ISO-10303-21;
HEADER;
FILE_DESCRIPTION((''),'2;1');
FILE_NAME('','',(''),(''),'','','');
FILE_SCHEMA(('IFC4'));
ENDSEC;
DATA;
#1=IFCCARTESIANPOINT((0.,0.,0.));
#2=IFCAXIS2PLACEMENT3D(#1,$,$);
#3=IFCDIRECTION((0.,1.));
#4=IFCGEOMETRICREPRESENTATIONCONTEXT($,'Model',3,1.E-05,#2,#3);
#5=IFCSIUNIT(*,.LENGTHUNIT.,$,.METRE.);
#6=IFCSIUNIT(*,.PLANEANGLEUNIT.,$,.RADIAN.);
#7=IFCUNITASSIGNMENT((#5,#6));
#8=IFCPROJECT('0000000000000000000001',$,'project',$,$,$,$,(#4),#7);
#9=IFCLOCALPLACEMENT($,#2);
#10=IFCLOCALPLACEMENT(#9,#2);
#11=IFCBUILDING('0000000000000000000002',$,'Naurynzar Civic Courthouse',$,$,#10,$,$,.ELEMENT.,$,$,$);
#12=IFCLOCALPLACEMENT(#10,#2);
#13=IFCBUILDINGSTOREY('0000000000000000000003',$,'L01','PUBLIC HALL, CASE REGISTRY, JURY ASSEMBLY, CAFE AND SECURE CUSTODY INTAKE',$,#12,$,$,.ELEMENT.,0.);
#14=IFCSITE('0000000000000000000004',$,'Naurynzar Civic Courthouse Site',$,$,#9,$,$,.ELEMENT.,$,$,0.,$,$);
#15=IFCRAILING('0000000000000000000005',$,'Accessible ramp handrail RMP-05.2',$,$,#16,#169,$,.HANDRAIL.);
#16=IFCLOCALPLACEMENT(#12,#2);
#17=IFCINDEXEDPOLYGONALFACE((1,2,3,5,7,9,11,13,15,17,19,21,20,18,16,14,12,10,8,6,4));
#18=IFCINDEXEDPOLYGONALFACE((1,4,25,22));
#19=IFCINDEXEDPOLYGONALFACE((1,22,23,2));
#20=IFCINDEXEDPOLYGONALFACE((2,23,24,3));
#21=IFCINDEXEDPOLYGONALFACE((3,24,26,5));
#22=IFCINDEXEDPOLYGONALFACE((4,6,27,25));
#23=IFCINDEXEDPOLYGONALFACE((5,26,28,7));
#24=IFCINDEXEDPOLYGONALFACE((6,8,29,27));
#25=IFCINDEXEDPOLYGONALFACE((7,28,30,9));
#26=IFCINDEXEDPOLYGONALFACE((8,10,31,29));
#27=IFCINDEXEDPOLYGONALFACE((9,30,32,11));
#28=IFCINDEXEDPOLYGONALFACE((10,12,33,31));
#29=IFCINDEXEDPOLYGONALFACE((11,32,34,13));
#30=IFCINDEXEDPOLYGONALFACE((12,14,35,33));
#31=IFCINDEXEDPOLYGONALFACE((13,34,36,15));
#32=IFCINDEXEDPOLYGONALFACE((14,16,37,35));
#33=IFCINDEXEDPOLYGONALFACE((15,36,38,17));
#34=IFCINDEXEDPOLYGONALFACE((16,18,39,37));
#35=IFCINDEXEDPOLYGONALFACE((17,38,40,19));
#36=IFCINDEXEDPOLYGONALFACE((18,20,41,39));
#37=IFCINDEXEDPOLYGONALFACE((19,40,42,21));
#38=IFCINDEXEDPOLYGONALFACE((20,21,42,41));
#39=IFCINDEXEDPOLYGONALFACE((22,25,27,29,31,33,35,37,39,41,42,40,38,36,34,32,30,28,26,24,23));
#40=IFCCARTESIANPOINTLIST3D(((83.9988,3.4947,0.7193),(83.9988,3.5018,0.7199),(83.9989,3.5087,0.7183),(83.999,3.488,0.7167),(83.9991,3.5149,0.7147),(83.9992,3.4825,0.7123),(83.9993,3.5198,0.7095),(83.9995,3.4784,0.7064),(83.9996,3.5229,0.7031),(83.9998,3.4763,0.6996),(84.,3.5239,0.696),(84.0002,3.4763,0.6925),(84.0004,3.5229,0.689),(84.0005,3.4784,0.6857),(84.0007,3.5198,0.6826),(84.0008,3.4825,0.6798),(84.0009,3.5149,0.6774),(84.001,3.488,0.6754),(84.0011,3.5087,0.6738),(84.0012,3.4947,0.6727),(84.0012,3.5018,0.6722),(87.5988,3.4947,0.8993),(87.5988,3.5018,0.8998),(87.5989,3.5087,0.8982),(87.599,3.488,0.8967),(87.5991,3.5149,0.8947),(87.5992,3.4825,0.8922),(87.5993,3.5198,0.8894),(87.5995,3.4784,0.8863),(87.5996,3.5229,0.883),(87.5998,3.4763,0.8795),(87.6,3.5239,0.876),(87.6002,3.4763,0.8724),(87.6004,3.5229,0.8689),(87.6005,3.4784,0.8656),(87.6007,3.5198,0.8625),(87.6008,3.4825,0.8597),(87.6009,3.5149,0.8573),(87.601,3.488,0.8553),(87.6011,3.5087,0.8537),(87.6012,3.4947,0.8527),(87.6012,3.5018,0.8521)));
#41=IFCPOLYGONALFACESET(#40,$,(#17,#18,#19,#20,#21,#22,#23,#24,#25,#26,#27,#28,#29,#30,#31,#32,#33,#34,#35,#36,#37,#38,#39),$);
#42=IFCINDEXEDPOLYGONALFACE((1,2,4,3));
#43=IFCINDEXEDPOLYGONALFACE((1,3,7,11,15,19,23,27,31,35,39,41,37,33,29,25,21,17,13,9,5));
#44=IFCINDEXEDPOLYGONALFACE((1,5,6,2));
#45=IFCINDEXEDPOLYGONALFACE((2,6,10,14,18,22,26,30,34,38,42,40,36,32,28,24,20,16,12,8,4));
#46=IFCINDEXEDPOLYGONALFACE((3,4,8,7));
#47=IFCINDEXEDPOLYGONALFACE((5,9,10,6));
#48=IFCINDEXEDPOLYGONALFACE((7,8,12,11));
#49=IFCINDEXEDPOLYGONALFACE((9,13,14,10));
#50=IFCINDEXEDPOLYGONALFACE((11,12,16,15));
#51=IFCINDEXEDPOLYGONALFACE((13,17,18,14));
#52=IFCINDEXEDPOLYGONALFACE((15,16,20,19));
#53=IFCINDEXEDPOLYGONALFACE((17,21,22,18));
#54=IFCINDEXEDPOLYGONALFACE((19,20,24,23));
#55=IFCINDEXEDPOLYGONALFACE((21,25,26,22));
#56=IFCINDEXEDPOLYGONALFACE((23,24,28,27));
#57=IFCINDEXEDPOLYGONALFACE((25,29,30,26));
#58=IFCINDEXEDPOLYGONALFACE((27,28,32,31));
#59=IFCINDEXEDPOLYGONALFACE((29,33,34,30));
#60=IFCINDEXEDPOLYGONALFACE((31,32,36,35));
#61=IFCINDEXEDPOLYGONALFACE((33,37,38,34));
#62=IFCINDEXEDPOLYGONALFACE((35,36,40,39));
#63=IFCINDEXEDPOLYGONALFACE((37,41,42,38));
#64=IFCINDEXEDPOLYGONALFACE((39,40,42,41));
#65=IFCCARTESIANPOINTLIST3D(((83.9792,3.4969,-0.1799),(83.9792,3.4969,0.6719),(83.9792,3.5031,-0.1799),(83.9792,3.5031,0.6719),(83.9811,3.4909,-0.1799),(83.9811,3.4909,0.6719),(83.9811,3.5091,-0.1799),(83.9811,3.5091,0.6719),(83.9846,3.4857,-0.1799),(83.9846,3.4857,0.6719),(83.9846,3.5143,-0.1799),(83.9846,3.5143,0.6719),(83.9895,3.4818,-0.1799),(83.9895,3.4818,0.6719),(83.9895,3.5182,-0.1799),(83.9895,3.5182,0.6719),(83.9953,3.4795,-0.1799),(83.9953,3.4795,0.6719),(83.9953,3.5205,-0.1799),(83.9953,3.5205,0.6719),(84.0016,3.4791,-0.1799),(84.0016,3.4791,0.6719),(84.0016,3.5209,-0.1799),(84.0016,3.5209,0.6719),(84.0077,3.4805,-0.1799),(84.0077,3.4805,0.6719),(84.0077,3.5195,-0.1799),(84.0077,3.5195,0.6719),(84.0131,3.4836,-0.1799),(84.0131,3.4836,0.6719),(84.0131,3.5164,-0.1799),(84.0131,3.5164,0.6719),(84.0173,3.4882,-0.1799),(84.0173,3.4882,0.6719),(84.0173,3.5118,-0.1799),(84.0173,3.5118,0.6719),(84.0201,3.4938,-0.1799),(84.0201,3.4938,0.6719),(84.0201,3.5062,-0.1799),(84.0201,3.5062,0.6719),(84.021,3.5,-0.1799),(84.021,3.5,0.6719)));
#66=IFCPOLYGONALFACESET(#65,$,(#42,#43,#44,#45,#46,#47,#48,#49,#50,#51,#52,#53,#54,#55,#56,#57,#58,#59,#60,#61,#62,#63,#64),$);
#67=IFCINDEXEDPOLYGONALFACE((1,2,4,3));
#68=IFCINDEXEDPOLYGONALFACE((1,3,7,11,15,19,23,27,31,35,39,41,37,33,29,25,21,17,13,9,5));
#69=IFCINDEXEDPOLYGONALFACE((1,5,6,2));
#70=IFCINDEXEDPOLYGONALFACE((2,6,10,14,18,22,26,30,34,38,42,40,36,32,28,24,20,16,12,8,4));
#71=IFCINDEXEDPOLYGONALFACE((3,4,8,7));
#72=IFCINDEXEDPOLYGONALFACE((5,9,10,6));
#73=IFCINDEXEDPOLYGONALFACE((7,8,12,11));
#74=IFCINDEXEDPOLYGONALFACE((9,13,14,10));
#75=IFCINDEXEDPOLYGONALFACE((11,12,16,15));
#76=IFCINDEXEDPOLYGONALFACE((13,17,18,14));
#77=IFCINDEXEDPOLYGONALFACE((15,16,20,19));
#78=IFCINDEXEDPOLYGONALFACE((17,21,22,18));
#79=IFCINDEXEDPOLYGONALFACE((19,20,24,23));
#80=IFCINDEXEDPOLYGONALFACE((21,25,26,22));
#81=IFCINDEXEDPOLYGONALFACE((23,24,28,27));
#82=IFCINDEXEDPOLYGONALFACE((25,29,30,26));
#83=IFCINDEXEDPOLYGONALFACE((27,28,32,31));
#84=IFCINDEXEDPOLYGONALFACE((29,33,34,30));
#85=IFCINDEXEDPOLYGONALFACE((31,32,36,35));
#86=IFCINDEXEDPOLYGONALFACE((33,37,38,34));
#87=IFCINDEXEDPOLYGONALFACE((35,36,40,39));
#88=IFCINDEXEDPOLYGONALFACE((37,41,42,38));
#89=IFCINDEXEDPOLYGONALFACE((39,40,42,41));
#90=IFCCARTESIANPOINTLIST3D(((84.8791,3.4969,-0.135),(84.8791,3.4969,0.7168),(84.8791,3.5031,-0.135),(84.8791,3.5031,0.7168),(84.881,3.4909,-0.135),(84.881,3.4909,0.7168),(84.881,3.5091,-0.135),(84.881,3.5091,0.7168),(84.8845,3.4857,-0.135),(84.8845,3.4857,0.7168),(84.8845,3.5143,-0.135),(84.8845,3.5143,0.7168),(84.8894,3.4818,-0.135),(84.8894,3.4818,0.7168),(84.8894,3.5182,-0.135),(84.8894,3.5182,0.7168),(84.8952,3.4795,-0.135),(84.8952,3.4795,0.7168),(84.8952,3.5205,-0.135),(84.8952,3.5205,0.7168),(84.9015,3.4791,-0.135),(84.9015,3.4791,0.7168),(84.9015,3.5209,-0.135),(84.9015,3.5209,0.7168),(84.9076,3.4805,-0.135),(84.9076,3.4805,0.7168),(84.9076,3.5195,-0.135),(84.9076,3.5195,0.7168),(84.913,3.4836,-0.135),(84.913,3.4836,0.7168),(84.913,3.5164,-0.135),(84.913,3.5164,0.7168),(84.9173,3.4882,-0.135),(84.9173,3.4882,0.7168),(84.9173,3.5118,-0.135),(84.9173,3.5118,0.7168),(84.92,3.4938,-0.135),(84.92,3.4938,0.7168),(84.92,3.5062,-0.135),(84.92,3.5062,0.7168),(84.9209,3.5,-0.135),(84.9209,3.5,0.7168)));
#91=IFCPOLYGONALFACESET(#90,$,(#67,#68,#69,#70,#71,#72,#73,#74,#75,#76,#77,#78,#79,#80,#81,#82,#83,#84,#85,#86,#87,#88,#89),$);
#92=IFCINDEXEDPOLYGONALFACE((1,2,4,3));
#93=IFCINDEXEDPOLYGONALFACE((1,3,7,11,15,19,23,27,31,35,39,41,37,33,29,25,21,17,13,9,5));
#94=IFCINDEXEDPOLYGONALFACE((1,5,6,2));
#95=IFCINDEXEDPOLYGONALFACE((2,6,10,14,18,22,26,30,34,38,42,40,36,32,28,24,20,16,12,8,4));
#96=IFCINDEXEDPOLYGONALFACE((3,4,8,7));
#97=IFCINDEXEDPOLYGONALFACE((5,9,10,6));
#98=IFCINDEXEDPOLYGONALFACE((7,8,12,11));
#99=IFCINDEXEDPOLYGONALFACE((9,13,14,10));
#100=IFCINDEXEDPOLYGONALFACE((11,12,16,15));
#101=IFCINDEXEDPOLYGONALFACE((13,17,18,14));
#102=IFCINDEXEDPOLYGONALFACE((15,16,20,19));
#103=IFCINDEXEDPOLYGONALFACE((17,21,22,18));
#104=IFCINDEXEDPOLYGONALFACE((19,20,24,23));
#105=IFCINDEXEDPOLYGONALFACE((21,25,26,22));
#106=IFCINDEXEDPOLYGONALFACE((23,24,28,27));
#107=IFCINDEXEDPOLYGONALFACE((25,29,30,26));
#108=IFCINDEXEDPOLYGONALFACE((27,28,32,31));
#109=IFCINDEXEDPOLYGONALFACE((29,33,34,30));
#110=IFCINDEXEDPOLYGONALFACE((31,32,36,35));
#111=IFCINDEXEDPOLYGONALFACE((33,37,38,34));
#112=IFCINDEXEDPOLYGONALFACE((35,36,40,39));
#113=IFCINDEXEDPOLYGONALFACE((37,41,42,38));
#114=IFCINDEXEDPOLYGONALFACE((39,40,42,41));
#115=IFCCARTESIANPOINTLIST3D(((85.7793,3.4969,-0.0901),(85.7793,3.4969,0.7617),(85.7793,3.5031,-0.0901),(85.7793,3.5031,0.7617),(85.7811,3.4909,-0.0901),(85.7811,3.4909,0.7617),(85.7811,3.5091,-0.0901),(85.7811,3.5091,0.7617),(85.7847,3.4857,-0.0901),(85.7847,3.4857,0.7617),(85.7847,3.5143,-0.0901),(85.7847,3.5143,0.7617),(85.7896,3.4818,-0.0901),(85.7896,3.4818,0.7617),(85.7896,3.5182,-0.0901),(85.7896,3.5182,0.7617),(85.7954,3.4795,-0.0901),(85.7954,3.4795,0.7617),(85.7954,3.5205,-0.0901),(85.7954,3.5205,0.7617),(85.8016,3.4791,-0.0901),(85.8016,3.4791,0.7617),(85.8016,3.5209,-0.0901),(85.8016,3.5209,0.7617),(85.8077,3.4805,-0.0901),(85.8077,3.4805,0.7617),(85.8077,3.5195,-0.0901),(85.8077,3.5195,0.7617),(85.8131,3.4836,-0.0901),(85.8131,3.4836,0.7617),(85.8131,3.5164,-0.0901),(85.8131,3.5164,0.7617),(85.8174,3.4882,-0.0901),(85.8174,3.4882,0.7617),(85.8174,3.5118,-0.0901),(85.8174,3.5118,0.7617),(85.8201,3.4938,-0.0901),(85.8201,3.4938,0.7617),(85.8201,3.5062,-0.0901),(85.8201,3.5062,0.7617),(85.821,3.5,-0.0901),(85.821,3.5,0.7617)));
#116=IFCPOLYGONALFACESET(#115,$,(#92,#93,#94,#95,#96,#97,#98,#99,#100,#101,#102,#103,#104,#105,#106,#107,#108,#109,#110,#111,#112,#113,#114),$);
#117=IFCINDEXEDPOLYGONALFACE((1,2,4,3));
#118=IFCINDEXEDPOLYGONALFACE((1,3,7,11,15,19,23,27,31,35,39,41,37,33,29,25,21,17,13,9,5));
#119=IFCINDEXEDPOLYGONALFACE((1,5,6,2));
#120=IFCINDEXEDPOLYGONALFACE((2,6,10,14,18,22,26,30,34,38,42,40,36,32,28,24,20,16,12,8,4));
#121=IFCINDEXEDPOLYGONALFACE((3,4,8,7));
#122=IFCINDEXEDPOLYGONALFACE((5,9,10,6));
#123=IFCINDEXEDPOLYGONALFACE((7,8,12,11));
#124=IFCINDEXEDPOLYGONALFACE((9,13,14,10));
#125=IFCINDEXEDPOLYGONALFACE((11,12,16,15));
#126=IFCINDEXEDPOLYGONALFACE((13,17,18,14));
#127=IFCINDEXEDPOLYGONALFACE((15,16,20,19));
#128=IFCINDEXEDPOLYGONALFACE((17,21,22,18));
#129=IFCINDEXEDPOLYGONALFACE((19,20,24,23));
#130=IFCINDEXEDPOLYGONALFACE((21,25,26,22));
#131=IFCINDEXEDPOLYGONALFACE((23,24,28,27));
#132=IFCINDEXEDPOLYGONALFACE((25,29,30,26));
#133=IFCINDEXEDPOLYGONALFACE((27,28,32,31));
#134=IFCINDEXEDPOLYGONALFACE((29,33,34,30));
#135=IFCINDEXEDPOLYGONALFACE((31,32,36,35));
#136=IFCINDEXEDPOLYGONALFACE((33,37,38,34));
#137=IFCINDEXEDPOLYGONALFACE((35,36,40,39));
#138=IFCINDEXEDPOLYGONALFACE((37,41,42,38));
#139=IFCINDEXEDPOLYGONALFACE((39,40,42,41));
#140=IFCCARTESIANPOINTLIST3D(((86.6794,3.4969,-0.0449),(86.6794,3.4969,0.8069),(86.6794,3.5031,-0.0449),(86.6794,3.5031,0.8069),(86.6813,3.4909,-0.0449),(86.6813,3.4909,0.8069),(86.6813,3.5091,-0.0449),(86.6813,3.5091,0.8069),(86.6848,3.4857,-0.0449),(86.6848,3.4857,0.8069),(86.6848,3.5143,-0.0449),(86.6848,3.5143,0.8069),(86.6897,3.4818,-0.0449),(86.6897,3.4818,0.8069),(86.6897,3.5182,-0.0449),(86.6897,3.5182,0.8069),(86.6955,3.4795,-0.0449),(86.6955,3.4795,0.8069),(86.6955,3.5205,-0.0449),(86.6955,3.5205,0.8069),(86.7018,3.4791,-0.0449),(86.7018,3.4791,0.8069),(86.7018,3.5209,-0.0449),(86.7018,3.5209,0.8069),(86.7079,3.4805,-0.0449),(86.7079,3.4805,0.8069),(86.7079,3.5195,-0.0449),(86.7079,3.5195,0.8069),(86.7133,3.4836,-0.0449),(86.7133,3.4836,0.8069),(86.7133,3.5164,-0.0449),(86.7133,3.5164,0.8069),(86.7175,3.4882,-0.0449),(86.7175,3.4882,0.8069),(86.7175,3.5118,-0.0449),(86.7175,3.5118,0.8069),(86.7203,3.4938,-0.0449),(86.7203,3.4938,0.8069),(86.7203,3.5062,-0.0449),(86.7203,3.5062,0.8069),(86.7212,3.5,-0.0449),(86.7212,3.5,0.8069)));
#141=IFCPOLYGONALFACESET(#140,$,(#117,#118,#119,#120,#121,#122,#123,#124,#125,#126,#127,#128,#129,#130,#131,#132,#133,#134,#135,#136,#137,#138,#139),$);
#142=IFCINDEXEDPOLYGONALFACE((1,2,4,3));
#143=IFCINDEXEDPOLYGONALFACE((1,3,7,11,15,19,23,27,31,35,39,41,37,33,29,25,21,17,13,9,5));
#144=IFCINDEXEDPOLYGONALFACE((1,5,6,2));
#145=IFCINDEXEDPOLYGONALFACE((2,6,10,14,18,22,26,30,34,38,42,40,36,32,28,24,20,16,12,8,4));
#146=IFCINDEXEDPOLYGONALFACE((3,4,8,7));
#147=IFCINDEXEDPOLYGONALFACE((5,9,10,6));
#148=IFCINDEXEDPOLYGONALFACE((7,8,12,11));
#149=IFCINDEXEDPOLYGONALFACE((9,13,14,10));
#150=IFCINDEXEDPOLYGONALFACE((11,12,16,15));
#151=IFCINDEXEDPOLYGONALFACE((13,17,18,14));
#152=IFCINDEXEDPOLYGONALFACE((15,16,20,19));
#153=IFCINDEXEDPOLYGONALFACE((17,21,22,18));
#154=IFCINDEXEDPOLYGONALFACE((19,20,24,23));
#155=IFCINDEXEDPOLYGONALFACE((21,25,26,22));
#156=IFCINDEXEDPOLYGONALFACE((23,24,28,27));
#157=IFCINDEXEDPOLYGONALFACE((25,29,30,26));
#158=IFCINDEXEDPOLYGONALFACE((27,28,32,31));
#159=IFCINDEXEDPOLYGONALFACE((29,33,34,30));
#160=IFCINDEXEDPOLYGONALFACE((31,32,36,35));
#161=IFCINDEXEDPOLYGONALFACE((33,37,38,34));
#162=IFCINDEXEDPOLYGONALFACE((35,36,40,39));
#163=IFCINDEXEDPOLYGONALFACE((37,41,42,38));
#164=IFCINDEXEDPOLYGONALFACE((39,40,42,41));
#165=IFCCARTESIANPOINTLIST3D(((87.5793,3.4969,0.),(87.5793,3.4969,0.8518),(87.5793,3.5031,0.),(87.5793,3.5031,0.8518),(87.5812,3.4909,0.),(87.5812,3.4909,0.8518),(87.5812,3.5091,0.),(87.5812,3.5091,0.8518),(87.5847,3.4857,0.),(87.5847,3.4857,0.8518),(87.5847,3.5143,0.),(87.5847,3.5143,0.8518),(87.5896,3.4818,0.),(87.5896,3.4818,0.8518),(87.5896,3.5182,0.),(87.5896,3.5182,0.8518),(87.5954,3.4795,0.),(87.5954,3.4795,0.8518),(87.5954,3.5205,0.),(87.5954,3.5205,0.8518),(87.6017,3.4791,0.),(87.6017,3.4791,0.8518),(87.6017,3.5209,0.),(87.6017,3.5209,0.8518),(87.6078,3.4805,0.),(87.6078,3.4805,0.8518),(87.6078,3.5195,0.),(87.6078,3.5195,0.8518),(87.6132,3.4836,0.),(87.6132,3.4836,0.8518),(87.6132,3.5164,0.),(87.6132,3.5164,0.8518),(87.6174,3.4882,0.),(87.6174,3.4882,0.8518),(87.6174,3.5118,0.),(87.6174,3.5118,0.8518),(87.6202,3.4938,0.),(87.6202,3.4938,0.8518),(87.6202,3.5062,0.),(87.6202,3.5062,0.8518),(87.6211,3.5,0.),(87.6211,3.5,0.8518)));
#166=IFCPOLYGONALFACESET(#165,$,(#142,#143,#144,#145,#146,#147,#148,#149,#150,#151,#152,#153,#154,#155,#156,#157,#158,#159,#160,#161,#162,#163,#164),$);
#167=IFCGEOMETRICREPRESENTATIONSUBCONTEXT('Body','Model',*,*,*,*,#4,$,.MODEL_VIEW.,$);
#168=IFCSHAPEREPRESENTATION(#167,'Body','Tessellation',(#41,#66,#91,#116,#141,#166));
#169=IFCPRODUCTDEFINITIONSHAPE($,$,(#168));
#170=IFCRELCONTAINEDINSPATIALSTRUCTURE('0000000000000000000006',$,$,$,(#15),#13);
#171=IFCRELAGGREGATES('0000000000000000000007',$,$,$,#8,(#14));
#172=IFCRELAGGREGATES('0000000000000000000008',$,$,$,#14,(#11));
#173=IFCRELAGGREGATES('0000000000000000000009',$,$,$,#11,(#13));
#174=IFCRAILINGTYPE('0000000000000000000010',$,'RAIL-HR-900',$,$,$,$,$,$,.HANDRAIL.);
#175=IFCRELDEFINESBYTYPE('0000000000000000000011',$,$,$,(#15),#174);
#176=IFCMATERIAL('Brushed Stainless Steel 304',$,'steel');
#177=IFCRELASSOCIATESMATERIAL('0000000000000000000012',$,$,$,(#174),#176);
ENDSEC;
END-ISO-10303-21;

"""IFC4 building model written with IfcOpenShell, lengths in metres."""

from ifc_helpers import new_model, si_unit, direction, frame, origin, origin_2d, place, context, subcontext, project, spatial, circle, extrude, material, type_object, element, save


model = new_model("IFC4")

# Units and contexts
model_context = context("Model", 3, precision=1e-05, world=origin(), true_north=direction((0.0, 1.0)))
body_context = subcontext(model_context, "Body", "Model", "MODEL_VIEW")
ifc_project = project(units=[si_unit("LENGTHUNIT", "METRE"), si_unit("PLANEANGLEUNIT", "RADIAN")], contexts=[model_context])

# Site, building, storey
site_placement = place(None, origin())
site = spatial("IfcSite", under=ifc_project, at=site_placement, Name="Naurynzar Civic Courthouse Site", CompositionType="ELEMENT", RefElevation=0.0)
building_placement = place(site_placement, origin())
building = spatial("IfcBuilding", under=site, at=building_placement, Name="Naurynzar Civic Courthouse", CompositionType="ELEMENT")
storey_placement = place(building_placement, origin())
storey = spatial("IfcBuildingStorey", under=building, at=storey_placement, Name="L01", Description="PUBLIC HALL, CASE REGISTRY, JURY ASSEMBLY, CAFE AND SECURE CUSTODY INTAKE", CompositionType="ELEMENT", Elevation=0.0)

# Railing
ifc_material_1 = material(Name="Brushed Stainless Steel 304", Category="steel")
railing_type = type_object("IfcRailingType", Name="RAIL-HR-900", PredefinedType="HANDRAIL", material=ifc_material_1)
for number, where, name in (
    (1, (84.0, 3.5, -0.1799), "Accessible ramp handrail RMP-05.2"),
):
    element("IfcRailing", number, at=place(storey_placement, frame(where)), inside=storey, type_object=railing_type, Name=name, PredefinedType="HANDRAIL", context=body_context, shape_type="SweptSolid", body=[
        extrude(circle(Radius=0.0239, at=origin_2d()), frame((0.0, 0.0, 0.876), z_axis=(0.998753, 0.0, 0.049917), x_axis=(0.0, 1.0, 0.0)), (0.0, 0.0, 1.0), 3.6045),
        extrude(circle(Radius=0.021, at=origin_2d()), origin(), (0.0, 0.0, 1.0), 0.8518),
        extrude(circle(Radius=0.021, at=origin_2d()), frame((0.8999, 0.0, 0.0449)), (0.0, 0.0, 1.0), 0.8518),
        extrude(circle(Radius=0.021, at=origin_2d()), frame((1.8, 0.0, 0.0898)), (0.0, 0.0, 1.0), 0.8518),
        extrude(circle(Radius=0.021, at=origin_2d()), frame((2.7002, 0.0, 0.135)), (0.0, 0.0, 1.0), 0.8518),
        extrude(circle(Radius=0.021, at=origin_2d()), frame((3.6001, 0.0, 0.1799)), (0.0, 0.0, 1.0), 0.8518),
    ])

save(model, "model.ifc")
